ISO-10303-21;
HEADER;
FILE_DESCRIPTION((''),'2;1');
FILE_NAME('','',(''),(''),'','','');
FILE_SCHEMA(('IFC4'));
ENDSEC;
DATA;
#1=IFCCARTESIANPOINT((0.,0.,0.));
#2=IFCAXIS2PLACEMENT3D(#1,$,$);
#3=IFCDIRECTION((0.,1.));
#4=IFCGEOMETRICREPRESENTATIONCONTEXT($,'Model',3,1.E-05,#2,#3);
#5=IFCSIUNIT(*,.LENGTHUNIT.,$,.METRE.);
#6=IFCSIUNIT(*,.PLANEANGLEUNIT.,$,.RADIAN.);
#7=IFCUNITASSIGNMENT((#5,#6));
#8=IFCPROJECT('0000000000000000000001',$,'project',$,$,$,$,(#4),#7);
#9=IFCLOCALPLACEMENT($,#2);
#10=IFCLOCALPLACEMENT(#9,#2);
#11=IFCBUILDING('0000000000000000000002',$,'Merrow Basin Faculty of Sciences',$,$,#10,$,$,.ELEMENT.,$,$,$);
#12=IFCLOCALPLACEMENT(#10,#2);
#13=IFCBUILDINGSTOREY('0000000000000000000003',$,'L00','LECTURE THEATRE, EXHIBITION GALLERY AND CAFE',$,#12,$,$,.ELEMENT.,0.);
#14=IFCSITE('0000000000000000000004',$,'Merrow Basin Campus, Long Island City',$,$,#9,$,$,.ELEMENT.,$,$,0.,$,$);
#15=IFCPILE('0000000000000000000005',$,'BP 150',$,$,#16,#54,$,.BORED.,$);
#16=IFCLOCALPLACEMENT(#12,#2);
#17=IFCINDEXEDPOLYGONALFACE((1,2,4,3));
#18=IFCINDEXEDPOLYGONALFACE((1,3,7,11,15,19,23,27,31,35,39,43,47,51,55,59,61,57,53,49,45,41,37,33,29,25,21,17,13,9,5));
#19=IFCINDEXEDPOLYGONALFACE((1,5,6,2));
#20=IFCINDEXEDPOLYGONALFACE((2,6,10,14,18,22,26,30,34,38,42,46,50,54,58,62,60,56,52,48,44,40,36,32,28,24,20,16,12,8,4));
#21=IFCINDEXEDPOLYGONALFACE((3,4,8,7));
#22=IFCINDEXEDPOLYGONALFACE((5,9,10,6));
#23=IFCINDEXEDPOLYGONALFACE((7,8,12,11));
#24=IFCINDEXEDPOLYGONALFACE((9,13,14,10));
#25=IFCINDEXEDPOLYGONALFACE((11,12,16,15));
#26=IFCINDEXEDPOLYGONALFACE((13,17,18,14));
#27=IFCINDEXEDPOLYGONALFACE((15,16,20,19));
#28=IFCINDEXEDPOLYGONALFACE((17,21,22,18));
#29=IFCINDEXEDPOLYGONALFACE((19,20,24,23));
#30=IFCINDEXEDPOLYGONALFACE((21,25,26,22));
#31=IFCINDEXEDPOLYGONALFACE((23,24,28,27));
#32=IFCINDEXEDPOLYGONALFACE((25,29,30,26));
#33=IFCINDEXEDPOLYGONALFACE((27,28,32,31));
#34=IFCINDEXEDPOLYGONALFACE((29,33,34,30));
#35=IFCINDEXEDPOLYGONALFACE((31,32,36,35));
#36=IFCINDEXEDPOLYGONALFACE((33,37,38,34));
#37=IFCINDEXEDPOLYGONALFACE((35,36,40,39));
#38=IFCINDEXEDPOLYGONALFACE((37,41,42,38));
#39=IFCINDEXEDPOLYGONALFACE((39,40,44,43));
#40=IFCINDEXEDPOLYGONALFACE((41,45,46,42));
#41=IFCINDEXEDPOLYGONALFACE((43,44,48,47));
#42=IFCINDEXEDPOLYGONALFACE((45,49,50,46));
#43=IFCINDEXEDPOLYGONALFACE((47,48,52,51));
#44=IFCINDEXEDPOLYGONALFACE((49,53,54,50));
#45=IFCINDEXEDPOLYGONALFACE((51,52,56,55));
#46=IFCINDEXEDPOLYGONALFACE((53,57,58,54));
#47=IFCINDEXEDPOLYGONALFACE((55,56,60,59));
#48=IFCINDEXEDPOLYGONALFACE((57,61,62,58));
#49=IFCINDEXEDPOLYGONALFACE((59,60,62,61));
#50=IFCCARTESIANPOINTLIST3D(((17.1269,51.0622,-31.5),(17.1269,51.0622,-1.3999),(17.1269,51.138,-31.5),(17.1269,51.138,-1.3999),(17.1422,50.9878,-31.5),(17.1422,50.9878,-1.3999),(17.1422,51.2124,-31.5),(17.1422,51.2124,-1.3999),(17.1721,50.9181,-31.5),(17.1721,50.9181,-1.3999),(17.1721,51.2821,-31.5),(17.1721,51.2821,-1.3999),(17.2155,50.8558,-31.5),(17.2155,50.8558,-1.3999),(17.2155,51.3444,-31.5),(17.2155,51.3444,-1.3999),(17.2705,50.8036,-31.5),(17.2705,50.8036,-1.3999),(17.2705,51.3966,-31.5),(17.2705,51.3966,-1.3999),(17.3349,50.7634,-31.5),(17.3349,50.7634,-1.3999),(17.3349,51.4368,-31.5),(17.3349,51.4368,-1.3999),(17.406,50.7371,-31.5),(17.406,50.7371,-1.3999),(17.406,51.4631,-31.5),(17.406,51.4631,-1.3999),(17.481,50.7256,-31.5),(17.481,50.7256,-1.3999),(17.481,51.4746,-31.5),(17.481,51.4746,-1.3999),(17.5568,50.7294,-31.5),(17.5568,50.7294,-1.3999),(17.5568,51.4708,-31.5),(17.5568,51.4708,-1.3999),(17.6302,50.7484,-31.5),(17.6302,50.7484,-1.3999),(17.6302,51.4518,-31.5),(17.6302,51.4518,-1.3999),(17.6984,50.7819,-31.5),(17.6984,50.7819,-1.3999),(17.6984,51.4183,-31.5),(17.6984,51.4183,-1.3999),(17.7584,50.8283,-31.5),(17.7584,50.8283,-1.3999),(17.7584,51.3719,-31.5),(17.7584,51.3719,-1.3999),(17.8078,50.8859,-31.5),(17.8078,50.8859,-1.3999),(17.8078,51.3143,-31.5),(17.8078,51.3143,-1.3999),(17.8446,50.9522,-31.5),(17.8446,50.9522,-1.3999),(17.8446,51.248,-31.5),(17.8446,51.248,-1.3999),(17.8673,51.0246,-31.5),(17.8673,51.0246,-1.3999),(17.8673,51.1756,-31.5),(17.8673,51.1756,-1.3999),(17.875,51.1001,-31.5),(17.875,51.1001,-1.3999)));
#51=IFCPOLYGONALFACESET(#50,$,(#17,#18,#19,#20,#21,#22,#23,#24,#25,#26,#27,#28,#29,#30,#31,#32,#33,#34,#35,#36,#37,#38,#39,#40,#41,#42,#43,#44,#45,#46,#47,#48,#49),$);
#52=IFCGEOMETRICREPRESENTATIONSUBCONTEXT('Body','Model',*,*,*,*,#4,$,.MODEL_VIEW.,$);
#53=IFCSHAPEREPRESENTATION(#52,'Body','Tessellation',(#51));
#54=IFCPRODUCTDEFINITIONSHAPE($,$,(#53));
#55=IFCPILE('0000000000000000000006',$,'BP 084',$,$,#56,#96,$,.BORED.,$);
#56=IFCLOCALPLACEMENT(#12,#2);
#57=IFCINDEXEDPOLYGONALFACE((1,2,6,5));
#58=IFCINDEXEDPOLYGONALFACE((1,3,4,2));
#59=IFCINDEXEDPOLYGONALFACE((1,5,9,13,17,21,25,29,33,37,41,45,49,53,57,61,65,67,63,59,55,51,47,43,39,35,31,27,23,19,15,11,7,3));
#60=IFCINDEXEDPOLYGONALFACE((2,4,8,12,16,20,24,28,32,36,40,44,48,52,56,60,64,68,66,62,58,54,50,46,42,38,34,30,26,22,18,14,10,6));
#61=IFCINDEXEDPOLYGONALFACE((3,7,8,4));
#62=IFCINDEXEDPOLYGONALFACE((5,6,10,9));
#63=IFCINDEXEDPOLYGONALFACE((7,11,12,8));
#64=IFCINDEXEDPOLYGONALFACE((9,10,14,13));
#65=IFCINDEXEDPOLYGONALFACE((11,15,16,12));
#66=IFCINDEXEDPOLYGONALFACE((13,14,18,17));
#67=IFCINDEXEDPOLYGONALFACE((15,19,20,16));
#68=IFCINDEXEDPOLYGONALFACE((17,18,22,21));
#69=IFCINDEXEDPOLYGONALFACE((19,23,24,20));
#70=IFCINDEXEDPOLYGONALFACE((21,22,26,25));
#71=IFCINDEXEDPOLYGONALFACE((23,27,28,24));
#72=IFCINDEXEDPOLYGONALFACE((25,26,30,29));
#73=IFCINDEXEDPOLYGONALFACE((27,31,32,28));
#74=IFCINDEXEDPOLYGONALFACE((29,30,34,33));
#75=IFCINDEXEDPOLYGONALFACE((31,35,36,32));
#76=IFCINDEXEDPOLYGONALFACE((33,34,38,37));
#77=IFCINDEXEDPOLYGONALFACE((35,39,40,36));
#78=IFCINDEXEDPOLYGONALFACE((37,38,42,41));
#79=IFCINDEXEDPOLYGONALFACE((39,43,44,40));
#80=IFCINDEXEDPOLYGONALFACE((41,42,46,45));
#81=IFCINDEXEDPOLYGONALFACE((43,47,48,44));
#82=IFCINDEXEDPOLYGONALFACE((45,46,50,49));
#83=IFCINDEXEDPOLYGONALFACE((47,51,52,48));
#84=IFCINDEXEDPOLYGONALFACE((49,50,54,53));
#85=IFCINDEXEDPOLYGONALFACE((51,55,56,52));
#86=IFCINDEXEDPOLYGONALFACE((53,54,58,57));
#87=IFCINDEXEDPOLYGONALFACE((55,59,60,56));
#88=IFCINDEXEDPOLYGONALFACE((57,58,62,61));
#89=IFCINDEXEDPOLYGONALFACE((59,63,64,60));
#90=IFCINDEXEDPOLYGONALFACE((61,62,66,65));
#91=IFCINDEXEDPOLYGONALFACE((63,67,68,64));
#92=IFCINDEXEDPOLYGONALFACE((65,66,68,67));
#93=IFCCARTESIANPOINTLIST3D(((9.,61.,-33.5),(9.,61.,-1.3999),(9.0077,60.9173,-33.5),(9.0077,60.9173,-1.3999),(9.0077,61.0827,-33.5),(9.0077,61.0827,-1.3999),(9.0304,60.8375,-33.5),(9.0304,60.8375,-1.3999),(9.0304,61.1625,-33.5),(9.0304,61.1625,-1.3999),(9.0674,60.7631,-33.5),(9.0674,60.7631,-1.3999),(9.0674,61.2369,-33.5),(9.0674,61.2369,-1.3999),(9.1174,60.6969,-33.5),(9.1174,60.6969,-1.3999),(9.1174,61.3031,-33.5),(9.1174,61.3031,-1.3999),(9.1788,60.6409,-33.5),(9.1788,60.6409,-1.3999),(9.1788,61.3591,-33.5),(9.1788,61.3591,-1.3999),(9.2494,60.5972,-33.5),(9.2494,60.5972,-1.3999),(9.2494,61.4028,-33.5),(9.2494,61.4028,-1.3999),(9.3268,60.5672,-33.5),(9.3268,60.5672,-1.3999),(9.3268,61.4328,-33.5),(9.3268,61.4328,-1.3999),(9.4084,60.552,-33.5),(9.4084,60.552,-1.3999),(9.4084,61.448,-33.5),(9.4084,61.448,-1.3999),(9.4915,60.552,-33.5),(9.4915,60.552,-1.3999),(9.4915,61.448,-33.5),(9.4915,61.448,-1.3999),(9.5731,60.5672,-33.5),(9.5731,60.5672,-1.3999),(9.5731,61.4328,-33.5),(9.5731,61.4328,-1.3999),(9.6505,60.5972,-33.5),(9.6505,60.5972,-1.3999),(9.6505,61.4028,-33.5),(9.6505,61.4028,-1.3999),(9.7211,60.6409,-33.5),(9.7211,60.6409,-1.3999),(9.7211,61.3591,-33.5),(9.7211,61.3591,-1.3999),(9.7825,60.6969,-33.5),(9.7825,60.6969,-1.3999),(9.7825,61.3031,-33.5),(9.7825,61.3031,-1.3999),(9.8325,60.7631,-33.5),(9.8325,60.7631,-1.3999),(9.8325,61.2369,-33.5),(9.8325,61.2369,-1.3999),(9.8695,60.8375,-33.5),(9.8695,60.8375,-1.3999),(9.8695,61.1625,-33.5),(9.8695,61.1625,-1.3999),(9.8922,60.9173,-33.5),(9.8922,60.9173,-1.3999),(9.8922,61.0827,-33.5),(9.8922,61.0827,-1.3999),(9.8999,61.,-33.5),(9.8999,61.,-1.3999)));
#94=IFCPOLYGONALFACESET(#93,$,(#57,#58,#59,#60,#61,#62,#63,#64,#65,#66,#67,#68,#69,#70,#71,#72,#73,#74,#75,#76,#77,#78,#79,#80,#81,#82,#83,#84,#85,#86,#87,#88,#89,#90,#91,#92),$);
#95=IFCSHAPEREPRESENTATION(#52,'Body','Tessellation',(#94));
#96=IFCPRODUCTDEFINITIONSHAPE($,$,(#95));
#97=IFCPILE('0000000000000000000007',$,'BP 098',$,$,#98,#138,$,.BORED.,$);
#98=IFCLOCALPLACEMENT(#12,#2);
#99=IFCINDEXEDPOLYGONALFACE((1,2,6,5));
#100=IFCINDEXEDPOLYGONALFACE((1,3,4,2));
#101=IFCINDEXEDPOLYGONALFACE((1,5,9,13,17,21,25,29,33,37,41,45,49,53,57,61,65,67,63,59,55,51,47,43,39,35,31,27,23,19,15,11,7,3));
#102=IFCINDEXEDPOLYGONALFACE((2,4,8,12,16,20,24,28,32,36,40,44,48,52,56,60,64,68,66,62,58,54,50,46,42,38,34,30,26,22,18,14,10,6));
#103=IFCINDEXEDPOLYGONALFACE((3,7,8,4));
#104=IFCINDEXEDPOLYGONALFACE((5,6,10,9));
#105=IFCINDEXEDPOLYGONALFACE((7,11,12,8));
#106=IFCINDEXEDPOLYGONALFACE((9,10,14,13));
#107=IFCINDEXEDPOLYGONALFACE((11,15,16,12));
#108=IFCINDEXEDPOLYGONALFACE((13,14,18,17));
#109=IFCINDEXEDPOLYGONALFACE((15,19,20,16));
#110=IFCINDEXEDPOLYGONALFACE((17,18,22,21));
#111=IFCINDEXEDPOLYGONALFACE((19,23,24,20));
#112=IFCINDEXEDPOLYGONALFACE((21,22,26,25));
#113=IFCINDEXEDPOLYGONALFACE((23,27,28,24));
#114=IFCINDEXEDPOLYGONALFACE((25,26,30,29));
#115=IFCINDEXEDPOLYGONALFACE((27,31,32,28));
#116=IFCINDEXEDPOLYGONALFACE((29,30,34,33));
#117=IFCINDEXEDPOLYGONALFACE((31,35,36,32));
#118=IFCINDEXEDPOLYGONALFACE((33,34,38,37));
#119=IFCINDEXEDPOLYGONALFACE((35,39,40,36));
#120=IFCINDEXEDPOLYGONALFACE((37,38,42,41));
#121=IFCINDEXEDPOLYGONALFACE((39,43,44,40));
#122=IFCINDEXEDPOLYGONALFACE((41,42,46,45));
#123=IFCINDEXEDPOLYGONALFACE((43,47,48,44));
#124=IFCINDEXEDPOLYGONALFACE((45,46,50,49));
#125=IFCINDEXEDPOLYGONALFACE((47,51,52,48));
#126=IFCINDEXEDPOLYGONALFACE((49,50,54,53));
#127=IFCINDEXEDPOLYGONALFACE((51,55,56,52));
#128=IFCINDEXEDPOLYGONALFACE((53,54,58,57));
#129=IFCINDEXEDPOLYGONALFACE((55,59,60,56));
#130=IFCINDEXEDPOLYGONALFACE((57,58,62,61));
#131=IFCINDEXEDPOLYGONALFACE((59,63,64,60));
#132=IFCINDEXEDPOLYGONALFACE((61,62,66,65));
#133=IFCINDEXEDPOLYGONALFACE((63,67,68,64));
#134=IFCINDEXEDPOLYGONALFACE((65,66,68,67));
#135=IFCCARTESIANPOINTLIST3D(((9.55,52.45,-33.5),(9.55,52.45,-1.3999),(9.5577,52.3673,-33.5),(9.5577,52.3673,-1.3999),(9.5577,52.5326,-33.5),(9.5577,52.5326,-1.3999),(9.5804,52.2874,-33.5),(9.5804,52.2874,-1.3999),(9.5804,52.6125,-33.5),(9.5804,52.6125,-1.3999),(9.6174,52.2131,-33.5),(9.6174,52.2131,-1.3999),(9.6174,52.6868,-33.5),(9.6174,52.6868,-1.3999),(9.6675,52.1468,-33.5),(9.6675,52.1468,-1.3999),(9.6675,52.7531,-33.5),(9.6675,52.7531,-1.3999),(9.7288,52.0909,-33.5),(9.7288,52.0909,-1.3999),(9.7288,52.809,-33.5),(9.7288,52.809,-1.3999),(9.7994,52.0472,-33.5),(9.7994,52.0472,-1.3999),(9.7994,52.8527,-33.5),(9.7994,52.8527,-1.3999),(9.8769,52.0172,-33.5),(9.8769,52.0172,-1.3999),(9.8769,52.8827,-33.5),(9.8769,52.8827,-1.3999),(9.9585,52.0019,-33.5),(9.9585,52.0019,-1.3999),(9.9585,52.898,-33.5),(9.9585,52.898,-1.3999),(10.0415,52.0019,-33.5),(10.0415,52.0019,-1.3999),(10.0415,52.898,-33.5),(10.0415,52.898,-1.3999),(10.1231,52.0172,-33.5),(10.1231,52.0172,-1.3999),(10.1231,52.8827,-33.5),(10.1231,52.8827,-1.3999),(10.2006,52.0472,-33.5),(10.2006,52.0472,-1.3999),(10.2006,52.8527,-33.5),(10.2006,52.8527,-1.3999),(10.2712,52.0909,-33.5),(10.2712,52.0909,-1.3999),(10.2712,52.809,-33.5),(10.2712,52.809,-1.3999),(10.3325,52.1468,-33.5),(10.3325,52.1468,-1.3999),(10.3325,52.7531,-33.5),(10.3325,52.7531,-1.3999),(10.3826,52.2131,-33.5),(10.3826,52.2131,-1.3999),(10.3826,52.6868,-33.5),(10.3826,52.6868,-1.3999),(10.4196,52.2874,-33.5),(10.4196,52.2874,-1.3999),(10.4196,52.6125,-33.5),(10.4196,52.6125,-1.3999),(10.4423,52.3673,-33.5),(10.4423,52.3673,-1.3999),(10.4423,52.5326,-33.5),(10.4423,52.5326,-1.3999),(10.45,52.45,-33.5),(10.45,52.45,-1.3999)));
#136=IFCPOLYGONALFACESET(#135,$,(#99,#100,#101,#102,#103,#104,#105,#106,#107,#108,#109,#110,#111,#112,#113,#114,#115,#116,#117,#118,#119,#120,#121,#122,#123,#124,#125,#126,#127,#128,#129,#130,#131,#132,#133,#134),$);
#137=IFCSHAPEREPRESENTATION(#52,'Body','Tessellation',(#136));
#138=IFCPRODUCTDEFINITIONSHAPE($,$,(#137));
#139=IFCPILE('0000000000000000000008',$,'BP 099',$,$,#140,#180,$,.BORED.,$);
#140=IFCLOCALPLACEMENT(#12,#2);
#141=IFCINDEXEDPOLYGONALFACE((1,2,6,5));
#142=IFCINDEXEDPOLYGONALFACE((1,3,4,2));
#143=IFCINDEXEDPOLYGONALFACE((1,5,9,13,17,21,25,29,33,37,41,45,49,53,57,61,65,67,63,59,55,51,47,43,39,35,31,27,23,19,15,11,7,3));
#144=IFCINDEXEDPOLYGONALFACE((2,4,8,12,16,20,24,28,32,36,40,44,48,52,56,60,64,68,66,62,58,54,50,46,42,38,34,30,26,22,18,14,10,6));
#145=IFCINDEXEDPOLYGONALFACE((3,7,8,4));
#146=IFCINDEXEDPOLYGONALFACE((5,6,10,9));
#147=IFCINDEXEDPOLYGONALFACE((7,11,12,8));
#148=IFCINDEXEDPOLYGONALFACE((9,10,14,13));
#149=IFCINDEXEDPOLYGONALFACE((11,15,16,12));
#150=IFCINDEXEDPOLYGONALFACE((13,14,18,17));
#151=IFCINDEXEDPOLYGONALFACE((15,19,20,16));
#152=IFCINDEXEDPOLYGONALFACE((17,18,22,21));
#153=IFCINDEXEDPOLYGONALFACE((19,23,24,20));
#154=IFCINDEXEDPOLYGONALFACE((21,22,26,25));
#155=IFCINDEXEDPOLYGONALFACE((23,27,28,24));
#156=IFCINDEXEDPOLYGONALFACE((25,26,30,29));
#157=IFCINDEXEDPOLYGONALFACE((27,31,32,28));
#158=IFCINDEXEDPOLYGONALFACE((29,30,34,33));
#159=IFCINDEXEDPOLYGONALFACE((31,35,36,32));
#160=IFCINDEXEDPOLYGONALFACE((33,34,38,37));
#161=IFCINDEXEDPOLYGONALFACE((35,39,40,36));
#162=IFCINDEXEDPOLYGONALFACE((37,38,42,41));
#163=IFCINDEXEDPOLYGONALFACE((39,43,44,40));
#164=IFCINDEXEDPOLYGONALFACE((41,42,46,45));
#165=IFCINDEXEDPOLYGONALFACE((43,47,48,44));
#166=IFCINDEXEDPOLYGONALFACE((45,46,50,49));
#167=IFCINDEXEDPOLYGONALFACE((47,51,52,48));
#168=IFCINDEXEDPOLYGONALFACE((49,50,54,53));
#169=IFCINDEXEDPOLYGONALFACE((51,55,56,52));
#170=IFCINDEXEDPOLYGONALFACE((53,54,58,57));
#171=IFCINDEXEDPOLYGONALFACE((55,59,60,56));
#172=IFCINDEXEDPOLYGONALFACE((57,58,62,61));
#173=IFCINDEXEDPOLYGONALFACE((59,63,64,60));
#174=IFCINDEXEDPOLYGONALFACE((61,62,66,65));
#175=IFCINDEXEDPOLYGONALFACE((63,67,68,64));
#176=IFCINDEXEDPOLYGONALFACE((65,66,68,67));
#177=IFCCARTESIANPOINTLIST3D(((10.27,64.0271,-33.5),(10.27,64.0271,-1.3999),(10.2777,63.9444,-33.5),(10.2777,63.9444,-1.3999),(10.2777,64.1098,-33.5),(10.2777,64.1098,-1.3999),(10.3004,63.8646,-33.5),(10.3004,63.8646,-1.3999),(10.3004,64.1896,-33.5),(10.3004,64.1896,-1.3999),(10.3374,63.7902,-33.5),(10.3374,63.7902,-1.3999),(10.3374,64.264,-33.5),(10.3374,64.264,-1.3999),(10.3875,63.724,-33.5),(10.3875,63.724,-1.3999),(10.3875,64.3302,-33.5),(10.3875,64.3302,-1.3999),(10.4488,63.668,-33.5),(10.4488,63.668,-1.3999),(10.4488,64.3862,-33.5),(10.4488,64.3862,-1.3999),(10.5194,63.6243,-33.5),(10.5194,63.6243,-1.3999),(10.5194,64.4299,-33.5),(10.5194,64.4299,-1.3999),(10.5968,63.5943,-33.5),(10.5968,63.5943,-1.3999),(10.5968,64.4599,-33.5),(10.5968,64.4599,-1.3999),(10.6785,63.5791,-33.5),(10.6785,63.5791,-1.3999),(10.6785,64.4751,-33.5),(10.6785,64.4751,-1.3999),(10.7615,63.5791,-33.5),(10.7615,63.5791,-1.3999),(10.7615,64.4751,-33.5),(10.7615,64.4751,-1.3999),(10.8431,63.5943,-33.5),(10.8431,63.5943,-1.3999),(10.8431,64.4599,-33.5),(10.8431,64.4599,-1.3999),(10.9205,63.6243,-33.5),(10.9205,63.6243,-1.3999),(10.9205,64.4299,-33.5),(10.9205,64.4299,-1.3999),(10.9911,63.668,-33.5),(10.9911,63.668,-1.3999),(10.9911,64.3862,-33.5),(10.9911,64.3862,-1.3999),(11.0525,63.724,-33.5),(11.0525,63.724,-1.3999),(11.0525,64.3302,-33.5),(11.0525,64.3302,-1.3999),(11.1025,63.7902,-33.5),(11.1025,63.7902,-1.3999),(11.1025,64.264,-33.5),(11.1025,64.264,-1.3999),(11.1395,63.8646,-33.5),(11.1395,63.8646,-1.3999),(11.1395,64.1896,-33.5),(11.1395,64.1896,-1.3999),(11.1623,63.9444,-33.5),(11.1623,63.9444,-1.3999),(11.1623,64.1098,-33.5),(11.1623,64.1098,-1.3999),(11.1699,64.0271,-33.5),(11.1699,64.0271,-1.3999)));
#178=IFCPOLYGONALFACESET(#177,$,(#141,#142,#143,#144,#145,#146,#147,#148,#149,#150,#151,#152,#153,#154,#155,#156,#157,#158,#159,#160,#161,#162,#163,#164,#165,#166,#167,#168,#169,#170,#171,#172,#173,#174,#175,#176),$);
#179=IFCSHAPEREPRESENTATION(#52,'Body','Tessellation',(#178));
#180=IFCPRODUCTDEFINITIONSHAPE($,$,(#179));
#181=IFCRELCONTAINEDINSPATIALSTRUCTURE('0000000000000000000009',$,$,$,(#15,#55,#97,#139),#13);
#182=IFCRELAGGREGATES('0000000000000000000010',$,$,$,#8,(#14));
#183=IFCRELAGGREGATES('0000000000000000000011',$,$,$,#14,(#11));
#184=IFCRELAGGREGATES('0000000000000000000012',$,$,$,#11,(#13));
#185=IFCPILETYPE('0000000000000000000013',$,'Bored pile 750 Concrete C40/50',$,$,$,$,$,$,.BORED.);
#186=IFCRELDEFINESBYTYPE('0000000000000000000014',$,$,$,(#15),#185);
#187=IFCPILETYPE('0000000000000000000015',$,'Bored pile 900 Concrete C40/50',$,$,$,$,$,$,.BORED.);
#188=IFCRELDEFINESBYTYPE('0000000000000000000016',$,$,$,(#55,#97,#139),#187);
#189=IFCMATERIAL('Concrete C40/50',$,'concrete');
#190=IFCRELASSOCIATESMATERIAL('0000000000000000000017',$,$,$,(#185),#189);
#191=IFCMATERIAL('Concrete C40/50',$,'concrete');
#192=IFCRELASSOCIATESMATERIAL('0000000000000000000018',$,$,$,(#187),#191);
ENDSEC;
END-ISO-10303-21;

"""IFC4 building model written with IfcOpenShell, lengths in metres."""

from ifc_helpers import new_model, si_unit, direction, frame, origin, origin_2d, place, context, subcontext, project, spatial, circle, extrude, material, material_profile, profile_set, type_object, element, save


model = new_model("IFC4")

# Units and contexts
model_context = context("Model", 3, precision=1e-05, world=origin(), true_north=direction((0.0, 1.0)))
body_context = subcontext(model_context, "Body", "Model", "MODEL_VIEW")
ifc_project = project(units=[si_unit("LENGTHUNIT", "METRE"), si_unit("PLANEANGLEUNIT", "RADIAN")], contexts=[model_context])

# Site, building, storey
site_placement = place(None, origin())
site = spatial("IfcSite", under=ifc_project, at=site_placement, Name="Merrow Basin Campus, Long Island City", CompositionType="ELEMENT", RefElevation=0.0)
building_placement = place(site_placement, origin())
building = spatial("IfcBuilding", under=site, at=building_placement, Name="Merrow Basin Faculty of Sciences", CompositionType="ELEMENT")
storey_placement = place(building_placement, origin())
storey = spatial("IfcBuildingStorey", under=building, at=storey_placement, Name="L00", Description="LECTURE THEATRE, EXHIBITION GALLERY AND CAFE", CompositionType="ELEMENT", Elevation=0.0)

# Piles
ifc_material_1 = material(Name="Concrete C40/50", Category="concrete")
ifc_material_profile_1 = material_profile(ifc_material_1, circle(Radius=0.375, at=origin_2d()))
ifc_profile_set_1 = profile_set([ifc_material_profile_1], Name="Concrete C40/50")
pile_type_1 = type_object("IfcPileType", Name="Bored pile 750 Concrete C40/50", PredefinedType="BORED", material=ifc_profile_set_1)
pile_placement = place(storey_placement, frame((17.5, 51.1001, -1.3999), z_axis=(0.0, 0.0, -1.0), x_axis=(1.0, 0.0, 0.0)))
element("IfcPile", 1, at=pile_placement, inside=storey, type_object=pile_type_1, Name="BP 150", PredefinedType="BORED", context=body_context, shape_type="SweptSolid", body=[
    extrude(circle(Radius=0.375, at=origin_2d()), origin(), (0.0, 0.0, 1.0), 30.1001),
])
ifc_material_2 = material(Name="Concrete C40/50", Category="concrete")
ifc_material_profile_2 = material_profile(ifc_material_2, circle(Radius=0.45, at=origin_2d()))
ifc_profile_set_2 = profile_set([ifc_material_profile_2], Name="Concrete C40/50")
pile_type_2 = type_object("IfcPileType", Name="Bored pile 900 Concrete C40/50", PredefinedType="BORED", material=ifc_profile_set_2)
for number, where, z_axis, x_axis, name in (
    (2, (9.45, 61.0, -1.3999), (0.0, 0.0, -1.0), (1.0, 0.0, 0.0), "BP 084"),
    (3, (10.0, 52.45, -1.3999), (0.0, 0.0, -1.0), (1.0, 0.0, 0.0), "BP 098"),
    (4, (10.72, 64.0271, -1.3999), (0.0, 0.0, -1.0), (1.0, 0.0, 0.0), "BP 099"),
):
    element("IfcPile", number, at=place(storey_placement, frame(where, z_axis=z_axis, x_axis=x_axis)), inside=storey, type_object=pile_type_2, Name=name, PredefinedType="BORED", context=body_context, shape_type="SweptSolid", body=[
        extrude(circle(Radius=0.45, at=origin_2d()), origin(), (0.0, 0.0, 1.0), 32.1001),
    ])

save(model, "model.ifc")
